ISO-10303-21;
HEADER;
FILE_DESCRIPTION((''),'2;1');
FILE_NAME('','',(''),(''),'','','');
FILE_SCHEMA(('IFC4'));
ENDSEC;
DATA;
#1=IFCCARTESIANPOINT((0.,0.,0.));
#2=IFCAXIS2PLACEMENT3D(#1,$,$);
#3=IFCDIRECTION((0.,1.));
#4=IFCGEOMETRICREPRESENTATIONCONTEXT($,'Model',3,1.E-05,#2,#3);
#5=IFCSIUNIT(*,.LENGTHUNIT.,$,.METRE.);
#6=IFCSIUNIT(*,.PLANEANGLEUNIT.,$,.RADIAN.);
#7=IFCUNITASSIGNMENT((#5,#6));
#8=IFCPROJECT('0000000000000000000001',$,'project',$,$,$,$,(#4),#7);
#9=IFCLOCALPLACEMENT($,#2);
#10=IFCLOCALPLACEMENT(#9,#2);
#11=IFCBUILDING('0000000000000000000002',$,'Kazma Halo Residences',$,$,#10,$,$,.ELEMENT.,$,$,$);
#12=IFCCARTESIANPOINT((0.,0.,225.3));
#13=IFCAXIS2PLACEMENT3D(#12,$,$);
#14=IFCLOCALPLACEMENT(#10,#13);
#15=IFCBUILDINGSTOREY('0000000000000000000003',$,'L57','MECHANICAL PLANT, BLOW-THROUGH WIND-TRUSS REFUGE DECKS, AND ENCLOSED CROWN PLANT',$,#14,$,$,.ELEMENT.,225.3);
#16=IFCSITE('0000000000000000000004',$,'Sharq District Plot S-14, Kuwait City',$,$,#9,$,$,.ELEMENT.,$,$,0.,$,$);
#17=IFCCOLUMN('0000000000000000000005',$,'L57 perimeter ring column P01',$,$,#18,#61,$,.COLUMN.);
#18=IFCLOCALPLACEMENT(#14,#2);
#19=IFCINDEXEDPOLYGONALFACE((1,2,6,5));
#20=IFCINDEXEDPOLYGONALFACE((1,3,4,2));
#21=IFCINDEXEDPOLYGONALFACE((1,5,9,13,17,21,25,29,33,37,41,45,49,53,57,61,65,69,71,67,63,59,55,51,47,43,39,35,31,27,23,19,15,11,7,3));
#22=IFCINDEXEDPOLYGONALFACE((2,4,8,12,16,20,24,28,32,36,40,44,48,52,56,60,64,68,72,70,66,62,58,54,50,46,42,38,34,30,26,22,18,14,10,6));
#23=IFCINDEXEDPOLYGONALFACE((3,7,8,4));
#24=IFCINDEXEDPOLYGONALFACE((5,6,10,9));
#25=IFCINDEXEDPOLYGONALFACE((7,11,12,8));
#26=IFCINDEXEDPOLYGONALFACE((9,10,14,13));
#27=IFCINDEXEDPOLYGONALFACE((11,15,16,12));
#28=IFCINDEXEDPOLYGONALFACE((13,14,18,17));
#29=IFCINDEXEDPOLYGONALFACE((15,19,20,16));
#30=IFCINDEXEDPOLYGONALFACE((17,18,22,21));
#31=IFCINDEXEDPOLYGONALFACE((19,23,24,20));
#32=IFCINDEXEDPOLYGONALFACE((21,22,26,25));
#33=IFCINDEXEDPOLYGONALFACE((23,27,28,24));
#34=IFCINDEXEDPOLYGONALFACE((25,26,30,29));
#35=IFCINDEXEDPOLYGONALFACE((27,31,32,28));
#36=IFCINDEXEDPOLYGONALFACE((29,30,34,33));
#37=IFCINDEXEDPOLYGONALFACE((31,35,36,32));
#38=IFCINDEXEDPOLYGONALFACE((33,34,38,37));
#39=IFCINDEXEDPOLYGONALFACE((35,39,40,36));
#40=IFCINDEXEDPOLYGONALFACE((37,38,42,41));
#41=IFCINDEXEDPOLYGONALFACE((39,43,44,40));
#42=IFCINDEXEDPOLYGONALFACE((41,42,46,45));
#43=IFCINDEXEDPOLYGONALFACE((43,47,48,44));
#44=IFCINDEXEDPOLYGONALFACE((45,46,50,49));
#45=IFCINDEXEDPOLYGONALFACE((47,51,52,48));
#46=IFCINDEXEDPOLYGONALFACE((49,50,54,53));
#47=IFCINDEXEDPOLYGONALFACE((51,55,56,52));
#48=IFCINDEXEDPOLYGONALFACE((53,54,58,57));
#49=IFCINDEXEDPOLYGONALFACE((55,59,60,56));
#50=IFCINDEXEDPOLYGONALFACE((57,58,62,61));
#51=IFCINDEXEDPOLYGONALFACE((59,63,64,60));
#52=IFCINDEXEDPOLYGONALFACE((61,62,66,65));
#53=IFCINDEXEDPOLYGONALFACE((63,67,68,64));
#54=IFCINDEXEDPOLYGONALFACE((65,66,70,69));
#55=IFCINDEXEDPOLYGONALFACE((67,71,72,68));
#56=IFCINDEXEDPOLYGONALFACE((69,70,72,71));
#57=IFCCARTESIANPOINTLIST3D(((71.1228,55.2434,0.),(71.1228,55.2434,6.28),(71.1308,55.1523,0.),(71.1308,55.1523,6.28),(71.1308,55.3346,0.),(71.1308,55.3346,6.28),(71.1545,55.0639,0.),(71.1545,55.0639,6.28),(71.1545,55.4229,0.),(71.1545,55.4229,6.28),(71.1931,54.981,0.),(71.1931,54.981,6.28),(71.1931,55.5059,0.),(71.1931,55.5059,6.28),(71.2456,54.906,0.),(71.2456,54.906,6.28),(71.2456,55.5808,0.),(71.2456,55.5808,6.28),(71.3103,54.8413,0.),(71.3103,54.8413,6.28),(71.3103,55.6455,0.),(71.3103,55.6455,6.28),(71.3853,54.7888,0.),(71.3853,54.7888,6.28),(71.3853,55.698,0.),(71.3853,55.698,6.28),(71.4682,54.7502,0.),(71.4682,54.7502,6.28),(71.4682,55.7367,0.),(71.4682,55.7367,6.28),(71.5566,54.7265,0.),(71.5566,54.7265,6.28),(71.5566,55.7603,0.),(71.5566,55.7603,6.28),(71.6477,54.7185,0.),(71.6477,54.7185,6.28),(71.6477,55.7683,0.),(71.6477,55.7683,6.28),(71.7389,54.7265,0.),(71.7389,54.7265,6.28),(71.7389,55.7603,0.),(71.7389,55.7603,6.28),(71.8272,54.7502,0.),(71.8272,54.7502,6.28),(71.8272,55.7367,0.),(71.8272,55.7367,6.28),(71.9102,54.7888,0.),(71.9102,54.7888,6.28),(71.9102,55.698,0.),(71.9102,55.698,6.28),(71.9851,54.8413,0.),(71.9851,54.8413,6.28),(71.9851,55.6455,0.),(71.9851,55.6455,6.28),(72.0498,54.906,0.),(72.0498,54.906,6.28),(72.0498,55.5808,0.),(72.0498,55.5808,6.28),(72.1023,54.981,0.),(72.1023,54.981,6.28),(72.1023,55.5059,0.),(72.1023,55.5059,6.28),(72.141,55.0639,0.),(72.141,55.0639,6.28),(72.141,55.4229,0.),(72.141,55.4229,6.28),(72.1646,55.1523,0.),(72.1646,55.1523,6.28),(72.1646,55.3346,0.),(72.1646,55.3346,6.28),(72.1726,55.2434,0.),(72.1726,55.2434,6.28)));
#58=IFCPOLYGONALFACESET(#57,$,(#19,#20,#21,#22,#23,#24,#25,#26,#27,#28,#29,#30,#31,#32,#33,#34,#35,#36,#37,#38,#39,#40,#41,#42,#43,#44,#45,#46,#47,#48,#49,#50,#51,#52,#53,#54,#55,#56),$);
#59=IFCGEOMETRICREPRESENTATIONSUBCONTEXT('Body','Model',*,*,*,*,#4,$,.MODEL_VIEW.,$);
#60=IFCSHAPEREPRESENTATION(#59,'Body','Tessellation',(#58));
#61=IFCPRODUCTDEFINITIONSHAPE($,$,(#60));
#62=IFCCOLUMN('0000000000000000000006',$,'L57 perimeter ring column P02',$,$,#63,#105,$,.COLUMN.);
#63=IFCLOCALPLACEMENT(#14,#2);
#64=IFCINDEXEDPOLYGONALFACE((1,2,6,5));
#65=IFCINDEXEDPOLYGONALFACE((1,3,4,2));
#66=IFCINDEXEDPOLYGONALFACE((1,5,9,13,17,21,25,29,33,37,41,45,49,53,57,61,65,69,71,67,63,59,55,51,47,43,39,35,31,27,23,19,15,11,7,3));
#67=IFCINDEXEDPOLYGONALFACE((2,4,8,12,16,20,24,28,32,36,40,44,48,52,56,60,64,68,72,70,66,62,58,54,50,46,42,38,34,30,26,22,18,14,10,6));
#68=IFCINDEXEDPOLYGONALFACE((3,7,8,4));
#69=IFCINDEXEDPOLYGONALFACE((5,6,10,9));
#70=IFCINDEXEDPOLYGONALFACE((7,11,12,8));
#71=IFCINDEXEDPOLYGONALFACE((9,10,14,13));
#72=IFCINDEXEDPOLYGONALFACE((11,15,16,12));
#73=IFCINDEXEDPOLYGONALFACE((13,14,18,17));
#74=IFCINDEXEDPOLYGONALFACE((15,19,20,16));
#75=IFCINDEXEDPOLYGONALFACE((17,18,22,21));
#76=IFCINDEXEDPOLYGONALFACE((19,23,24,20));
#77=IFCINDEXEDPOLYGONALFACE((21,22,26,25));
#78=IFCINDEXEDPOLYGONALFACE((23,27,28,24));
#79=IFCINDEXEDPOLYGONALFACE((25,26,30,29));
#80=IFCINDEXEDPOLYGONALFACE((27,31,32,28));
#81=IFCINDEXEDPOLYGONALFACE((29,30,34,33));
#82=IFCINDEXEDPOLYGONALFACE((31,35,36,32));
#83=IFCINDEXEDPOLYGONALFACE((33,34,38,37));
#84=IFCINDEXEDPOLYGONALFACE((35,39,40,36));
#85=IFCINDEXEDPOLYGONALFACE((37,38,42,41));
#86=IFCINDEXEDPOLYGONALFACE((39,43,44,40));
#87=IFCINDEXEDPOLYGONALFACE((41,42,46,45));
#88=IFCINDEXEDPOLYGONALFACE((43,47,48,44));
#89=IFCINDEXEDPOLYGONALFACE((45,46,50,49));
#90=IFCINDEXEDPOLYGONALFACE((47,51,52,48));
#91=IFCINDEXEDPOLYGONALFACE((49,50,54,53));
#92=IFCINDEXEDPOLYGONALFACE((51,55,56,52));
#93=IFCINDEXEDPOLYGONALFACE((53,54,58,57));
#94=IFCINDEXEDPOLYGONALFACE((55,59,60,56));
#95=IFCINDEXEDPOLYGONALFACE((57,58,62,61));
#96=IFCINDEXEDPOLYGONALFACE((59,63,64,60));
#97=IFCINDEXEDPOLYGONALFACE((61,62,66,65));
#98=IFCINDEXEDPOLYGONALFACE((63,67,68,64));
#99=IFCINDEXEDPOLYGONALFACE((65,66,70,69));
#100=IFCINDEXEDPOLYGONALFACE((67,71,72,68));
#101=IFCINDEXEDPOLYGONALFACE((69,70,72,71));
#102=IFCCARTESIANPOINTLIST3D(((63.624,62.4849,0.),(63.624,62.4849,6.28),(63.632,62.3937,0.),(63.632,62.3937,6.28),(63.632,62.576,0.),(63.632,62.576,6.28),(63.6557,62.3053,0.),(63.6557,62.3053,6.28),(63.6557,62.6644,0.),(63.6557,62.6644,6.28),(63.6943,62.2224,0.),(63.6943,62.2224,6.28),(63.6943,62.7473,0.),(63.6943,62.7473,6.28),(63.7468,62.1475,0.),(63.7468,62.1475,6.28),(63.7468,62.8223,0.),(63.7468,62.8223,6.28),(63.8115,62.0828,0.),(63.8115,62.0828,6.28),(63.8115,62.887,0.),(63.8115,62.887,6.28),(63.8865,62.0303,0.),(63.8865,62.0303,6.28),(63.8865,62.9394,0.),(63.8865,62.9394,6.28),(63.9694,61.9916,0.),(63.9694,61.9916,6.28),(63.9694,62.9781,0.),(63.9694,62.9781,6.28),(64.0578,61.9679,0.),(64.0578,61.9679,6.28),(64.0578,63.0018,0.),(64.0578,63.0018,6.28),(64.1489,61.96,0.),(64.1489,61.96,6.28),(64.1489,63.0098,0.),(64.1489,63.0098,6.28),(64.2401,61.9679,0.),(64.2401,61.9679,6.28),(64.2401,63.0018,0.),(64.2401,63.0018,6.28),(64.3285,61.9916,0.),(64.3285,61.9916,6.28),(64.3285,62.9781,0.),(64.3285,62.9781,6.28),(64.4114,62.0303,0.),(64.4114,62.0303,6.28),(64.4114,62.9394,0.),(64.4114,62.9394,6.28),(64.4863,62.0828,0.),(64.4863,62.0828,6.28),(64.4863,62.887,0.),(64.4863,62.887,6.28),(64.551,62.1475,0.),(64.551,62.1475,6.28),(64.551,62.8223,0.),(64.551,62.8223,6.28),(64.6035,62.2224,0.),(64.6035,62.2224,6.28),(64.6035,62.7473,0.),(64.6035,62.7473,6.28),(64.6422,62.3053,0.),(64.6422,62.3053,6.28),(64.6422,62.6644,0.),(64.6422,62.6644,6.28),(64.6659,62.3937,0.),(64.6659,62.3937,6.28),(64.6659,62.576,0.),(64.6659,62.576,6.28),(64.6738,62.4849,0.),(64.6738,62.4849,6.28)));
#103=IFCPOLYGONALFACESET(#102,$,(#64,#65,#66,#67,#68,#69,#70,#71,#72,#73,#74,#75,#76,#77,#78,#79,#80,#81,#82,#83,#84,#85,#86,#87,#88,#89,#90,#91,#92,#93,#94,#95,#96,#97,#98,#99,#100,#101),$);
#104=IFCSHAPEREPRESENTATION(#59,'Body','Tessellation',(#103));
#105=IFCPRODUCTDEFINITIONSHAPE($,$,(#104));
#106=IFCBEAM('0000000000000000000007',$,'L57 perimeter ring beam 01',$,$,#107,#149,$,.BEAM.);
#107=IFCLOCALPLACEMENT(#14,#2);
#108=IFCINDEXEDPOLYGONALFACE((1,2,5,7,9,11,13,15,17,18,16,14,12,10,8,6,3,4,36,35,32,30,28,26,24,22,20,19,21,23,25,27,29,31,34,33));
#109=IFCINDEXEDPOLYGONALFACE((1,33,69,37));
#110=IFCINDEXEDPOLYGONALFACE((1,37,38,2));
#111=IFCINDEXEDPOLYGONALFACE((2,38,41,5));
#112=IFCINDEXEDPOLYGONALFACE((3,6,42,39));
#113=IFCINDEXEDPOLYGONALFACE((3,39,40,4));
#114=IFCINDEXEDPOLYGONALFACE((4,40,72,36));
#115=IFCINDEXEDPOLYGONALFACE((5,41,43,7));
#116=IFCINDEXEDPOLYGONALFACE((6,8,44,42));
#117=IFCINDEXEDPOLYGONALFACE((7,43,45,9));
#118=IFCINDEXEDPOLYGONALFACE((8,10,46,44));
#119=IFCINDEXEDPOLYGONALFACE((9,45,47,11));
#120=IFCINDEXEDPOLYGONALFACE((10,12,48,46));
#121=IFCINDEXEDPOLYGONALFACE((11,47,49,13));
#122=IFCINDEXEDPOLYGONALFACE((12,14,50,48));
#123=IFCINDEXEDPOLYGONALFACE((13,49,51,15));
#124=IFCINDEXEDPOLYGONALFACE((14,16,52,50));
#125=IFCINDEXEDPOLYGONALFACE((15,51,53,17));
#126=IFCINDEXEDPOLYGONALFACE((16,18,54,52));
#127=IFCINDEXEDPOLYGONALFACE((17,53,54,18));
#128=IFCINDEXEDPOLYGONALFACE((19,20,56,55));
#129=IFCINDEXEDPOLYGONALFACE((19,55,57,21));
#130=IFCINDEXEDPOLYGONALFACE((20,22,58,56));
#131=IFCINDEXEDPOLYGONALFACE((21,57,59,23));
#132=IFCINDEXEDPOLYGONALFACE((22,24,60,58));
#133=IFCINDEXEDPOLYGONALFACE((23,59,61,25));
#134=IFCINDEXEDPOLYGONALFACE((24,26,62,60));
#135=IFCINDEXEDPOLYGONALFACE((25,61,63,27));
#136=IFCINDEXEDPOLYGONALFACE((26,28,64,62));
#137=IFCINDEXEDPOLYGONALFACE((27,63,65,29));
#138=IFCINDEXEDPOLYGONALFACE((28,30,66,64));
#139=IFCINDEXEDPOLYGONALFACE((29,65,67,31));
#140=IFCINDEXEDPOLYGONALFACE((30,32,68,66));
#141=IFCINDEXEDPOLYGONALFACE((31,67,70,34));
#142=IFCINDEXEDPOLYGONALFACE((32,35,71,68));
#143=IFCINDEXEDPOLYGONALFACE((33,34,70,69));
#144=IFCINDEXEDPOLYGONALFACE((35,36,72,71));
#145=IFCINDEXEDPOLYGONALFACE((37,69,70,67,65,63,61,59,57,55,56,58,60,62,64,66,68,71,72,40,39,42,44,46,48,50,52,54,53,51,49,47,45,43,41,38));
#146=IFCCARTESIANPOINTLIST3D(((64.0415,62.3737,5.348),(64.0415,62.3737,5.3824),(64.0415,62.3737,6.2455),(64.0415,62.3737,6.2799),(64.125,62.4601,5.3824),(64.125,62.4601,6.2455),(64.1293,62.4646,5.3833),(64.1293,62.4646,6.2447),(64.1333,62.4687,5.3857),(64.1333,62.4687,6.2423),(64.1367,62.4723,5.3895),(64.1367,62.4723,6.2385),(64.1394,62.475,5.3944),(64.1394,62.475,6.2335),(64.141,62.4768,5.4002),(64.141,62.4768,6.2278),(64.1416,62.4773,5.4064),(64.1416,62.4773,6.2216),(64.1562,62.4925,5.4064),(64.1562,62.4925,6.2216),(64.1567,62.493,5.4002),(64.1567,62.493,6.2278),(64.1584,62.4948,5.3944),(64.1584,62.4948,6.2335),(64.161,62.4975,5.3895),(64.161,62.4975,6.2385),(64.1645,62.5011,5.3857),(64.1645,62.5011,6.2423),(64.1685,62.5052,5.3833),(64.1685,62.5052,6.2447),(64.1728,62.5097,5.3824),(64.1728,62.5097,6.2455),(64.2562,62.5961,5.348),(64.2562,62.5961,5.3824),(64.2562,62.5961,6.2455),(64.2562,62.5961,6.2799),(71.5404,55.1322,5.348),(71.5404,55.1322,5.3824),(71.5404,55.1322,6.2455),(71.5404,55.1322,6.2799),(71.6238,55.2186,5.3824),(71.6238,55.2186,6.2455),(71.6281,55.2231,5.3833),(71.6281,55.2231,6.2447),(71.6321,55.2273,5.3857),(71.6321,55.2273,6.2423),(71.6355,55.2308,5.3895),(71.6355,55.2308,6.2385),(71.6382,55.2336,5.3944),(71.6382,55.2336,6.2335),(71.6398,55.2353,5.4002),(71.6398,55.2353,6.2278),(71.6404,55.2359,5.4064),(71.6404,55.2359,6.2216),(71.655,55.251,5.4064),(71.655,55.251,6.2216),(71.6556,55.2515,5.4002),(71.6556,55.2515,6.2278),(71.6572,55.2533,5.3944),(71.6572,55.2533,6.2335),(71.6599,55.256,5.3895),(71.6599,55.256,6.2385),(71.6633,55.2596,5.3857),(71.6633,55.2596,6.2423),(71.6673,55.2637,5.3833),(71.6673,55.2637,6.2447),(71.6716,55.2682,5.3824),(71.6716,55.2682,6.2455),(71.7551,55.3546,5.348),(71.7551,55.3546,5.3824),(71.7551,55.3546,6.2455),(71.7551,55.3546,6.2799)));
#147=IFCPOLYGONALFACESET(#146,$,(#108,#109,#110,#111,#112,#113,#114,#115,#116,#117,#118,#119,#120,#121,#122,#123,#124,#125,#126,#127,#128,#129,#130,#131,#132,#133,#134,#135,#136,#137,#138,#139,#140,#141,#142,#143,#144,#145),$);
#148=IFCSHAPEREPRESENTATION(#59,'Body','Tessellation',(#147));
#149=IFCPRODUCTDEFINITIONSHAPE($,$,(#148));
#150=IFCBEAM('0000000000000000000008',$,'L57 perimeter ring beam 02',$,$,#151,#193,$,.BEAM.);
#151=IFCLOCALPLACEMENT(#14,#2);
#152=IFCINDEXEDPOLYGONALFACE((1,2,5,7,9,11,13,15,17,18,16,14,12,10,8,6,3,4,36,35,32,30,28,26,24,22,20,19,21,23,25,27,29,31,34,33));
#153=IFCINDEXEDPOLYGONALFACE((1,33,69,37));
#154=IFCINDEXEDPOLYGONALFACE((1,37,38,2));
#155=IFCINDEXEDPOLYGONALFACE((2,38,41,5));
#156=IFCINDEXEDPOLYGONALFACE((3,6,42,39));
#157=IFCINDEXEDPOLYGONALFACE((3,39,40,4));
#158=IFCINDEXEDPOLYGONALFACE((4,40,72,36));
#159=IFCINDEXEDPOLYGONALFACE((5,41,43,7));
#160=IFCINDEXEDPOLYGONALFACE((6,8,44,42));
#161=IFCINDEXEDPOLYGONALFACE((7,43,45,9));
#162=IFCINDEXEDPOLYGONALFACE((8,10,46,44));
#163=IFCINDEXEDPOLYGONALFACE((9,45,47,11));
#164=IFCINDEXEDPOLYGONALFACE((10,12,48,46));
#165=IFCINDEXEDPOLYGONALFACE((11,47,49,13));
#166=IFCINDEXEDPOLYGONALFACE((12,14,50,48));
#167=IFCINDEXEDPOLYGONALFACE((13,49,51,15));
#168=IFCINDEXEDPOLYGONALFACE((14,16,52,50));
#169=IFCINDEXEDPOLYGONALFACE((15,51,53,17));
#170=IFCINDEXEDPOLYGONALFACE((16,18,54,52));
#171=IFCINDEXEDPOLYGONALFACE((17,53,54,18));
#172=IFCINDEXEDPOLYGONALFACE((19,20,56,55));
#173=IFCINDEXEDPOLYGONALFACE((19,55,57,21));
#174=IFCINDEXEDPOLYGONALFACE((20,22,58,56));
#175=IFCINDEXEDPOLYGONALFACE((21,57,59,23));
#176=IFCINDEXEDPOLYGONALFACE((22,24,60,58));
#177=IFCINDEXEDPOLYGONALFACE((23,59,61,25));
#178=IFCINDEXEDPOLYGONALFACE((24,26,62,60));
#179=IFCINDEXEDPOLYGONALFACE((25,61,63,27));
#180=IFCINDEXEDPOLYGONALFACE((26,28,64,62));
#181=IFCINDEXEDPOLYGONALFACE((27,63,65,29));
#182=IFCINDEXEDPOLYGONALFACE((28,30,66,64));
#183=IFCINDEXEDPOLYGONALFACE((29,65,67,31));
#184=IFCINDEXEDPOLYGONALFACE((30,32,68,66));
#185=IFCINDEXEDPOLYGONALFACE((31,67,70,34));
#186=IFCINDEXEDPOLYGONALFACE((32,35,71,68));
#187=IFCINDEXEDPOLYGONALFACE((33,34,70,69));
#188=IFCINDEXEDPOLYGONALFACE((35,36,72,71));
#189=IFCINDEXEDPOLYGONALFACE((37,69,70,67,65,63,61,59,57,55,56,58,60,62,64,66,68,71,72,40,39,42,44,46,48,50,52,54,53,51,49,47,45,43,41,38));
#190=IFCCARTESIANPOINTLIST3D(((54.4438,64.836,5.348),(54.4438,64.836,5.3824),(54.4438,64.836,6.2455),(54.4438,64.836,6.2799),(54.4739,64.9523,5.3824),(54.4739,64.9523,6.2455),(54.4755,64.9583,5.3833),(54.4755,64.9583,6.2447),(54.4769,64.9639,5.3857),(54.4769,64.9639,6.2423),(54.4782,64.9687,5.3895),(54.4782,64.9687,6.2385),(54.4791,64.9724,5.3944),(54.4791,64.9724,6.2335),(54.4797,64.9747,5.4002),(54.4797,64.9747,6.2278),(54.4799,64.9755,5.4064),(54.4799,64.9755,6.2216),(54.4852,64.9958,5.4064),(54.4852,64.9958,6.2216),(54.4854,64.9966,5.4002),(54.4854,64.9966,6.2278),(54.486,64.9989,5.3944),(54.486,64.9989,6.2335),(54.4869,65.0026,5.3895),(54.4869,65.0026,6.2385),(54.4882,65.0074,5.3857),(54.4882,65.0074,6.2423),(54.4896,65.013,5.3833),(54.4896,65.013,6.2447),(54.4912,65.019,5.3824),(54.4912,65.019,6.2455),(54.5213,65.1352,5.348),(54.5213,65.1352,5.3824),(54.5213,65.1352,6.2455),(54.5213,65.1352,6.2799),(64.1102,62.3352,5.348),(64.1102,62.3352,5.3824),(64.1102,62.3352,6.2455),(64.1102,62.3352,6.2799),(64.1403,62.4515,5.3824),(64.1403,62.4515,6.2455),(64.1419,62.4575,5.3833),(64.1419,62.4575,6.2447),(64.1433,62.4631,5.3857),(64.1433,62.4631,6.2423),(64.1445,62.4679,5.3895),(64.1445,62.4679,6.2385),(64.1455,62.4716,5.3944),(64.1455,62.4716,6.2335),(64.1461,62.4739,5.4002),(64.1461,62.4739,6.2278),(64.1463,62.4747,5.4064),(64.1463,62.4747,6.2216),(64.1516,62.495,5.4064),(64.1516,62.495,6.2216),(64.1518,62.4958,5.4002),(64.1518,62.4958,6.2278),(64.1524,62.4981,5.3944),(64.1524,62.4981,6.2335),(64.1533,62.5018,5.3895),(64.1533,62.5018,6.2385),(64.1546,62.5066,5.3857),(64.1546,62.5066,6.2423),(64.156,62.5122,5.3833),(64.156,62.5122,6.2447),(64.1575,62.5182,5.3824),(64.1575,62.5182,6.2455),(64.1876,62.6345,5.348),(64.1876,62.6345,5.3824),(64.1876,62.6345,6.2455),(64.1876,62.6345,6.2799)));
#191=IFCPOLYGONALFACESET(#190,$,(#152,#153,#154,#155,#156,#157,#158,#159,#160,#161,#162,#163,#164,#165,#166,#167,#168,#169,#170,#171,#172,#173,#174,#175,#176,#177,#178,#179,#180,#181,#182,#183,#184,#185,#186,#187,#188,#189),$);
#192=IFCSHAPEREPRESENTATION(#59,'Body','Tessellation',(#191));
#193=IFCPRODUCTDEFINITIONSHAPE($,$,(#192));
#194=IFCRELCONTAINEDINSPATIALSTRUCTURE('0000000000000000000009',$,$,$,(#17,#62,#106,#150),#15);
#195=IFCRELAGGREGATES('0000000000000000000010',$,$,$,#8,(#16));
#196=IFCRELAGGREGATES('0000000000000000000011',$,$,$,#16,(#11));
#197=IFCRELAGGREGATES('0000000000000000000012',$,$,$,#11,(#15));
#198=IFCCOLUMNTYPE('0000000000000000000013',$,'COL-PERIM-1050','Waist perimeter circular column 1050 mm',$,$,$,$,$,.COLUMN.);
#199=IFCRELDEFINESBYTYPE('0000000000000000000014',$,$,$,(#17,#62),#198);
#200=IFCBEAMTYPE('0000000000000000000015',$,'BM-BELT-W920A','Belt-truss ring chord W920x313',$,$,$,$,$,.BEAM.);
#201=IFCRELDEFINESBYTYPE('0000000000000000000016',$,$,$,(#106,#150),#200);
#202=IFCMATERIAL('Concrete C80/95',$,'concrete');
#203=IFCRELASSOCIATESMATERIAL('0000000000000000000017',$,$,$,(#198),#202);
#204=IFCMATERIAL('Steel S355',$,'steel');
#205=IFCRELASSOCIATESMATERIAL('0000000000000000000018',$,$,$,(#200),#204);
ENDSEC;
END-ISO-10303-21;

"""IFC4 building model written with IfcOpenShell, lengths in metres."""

from ifc_helpers import new_model, si_unit, direction, frame, origin, origin_2d, place, context, subcontext, project, spatial, circle, i_section, extrude, material, material_profile, profile_set, type_object, element, save


model = new_model("IFC4")

# Units and contexts
model_context = context("Model", 3, precision=1e-05, world=origin(), true_north=direction((0.0, 1.0)))
body_context = subcontext(model_context, "Body", "Model", "MODEL_VIEW")
ifc_project = project(units=[si_unit("LENGTHUNIT", "METRE"), si_unit("PLANEANGLEUNIT", "RADIAN")], contexts=[model_context])

# Site, building, storey
site_placement = place(None, origin())
site = spatial("IfcSite", under=ifc_project, at=site_placement, Name="Sharq District Plot S-14, Kuwait City", CompositionType="ELEMENT", RefElevation=0.0)
building_placement = place(site_placement, origin())
building = spatial("IfcBuilding", under=site, at=building_placement, Name="Kazma Halo Residences", CompositionType="ELEMENT")
storey_placement = place(building_placement, frame((0.0, 0.0, 225.3)))
storey = spatial("IfcBuildingStorey", under=building, at=storey_placement, Name="L57", Description="MECHANICAL PLANT, BLOW-THROUGH WIND-TRUSS REFUGE DECKS, AND ENCLOSED CROWN PLANT", CompositionType="ELEMENT", Elevation=225.3)

# Columns
ifc_material_1 = material(Name="Concrete C80/95", Category="concrete")
ifc_material_profile_1 = material_profile(ifc_material_1, circle(Radius=0.5249, at=origin_2d()), Name="CIRC1050")
ifc_profile_set_1 = profile_set([ifc_material_profile_1], Name="Concrete C80/95")
column_type = type_object("IfcColumnType", Name="COL-PERIM-1050", Description="Waist perimeter circular column 1050 mm", PredefinedType="COLUMN", material=ifc_profile_set_1)
for number, where, z_axis, x_axis, name in (
    (1, (71.6477, 55.2434, 0.0), (0.0, 0.0, 1.0), (1.0, 0.0, 0.0), "L57 perimeter ring column P01"),
    (2, (64.1489, 62.4849, 0.0), (0.0, 0.0, 1.0), (1.0, 0.0, 0.0), "L57 perimeter ring column P02"),
):
    element("IfcColumn", number, at=place(storey_placement, frame(where, z_axis=z_axis, x_axis=x_axis)), inside=storey, type_object=column_type, Name=name, PredefinedType="COLUMN", context=body_context, shape_type="SweptSolid", body=[
        extrude(circle(Radius=0.5249, at=origin_2d()), origin(), (0.0, 0.0, 1.0), 6.28),
    ])

# Beams
ifc_material_2 = material(Name="Steel S355", Category="steel")
ifc_material_profile_2 = material_profile(ifc_material_2, i_section(OverallWidth=0.3091, OverallDepth=0.9319, WebThickness=0.021, FlangeThickness=0.0344, FilletRadius=0.0239, at=origin_2d()), Name="W920x313")
ifc_profile_set_2 = profile_set([ifc_material_profile_2], Name="Steel S355")
beam_type_1 = type_object("IfcBeamType", Name="BM-BELT-W920A", Description="Belt-truss ring chord W920x313", PredefinedType="BEAM", material=ifc_profile_set_2)
beam_1_placement = place(storey_placement, frame((71.6477, 55.2434, 5.814), z_axis=(-0.719341, 0.694657, 0.0), x_axis=(-0.694657, -0.719341, 0.0)))
element("IfcBeam", 3, at=beam_1_placement, inside=storey, type_object=beam_type_1, Name="L57 perimeter ring beam 01", PredefinedType="BEAM", context=body_context, shape_type="SweptSolid", body=[
    extrude(i_section(OverallWidth=0.3091, OverallDepth=0.9319, WebThickness=0.021, FlangeThickness=0.0344, FilletRadius=0.0239, at=origin_2d()), origin(), (0.0, 0.0, 1.0), 10.4246),
])
beam_2_placement = place(storey_placement, frame((64.1489, 62.4849, 5.814), z_axis=(-0.968127, 0.250461, 0.0), x_axis=(-0.250461, -0.968127, 0.0)))
element("IfcBeam", 4, at=beam_2_placement, inside=storey, type_object=beam_type_1, Name="L57 perimeter ring beam 02", PredefinedType="BEAM", context=body_context, shape_type="SweptSolid", body=[
    extrude(i_section(OverallWidth=0.3091, OverallDepth=0.9319, WebThickness=0.021, FlangeThickness=0.0344, FilletRadius=0.0239, at=origin_2d()), origin(), (0.0, 0.0, 1.0), 9.9846),
])

save(model, "model.ifc")
